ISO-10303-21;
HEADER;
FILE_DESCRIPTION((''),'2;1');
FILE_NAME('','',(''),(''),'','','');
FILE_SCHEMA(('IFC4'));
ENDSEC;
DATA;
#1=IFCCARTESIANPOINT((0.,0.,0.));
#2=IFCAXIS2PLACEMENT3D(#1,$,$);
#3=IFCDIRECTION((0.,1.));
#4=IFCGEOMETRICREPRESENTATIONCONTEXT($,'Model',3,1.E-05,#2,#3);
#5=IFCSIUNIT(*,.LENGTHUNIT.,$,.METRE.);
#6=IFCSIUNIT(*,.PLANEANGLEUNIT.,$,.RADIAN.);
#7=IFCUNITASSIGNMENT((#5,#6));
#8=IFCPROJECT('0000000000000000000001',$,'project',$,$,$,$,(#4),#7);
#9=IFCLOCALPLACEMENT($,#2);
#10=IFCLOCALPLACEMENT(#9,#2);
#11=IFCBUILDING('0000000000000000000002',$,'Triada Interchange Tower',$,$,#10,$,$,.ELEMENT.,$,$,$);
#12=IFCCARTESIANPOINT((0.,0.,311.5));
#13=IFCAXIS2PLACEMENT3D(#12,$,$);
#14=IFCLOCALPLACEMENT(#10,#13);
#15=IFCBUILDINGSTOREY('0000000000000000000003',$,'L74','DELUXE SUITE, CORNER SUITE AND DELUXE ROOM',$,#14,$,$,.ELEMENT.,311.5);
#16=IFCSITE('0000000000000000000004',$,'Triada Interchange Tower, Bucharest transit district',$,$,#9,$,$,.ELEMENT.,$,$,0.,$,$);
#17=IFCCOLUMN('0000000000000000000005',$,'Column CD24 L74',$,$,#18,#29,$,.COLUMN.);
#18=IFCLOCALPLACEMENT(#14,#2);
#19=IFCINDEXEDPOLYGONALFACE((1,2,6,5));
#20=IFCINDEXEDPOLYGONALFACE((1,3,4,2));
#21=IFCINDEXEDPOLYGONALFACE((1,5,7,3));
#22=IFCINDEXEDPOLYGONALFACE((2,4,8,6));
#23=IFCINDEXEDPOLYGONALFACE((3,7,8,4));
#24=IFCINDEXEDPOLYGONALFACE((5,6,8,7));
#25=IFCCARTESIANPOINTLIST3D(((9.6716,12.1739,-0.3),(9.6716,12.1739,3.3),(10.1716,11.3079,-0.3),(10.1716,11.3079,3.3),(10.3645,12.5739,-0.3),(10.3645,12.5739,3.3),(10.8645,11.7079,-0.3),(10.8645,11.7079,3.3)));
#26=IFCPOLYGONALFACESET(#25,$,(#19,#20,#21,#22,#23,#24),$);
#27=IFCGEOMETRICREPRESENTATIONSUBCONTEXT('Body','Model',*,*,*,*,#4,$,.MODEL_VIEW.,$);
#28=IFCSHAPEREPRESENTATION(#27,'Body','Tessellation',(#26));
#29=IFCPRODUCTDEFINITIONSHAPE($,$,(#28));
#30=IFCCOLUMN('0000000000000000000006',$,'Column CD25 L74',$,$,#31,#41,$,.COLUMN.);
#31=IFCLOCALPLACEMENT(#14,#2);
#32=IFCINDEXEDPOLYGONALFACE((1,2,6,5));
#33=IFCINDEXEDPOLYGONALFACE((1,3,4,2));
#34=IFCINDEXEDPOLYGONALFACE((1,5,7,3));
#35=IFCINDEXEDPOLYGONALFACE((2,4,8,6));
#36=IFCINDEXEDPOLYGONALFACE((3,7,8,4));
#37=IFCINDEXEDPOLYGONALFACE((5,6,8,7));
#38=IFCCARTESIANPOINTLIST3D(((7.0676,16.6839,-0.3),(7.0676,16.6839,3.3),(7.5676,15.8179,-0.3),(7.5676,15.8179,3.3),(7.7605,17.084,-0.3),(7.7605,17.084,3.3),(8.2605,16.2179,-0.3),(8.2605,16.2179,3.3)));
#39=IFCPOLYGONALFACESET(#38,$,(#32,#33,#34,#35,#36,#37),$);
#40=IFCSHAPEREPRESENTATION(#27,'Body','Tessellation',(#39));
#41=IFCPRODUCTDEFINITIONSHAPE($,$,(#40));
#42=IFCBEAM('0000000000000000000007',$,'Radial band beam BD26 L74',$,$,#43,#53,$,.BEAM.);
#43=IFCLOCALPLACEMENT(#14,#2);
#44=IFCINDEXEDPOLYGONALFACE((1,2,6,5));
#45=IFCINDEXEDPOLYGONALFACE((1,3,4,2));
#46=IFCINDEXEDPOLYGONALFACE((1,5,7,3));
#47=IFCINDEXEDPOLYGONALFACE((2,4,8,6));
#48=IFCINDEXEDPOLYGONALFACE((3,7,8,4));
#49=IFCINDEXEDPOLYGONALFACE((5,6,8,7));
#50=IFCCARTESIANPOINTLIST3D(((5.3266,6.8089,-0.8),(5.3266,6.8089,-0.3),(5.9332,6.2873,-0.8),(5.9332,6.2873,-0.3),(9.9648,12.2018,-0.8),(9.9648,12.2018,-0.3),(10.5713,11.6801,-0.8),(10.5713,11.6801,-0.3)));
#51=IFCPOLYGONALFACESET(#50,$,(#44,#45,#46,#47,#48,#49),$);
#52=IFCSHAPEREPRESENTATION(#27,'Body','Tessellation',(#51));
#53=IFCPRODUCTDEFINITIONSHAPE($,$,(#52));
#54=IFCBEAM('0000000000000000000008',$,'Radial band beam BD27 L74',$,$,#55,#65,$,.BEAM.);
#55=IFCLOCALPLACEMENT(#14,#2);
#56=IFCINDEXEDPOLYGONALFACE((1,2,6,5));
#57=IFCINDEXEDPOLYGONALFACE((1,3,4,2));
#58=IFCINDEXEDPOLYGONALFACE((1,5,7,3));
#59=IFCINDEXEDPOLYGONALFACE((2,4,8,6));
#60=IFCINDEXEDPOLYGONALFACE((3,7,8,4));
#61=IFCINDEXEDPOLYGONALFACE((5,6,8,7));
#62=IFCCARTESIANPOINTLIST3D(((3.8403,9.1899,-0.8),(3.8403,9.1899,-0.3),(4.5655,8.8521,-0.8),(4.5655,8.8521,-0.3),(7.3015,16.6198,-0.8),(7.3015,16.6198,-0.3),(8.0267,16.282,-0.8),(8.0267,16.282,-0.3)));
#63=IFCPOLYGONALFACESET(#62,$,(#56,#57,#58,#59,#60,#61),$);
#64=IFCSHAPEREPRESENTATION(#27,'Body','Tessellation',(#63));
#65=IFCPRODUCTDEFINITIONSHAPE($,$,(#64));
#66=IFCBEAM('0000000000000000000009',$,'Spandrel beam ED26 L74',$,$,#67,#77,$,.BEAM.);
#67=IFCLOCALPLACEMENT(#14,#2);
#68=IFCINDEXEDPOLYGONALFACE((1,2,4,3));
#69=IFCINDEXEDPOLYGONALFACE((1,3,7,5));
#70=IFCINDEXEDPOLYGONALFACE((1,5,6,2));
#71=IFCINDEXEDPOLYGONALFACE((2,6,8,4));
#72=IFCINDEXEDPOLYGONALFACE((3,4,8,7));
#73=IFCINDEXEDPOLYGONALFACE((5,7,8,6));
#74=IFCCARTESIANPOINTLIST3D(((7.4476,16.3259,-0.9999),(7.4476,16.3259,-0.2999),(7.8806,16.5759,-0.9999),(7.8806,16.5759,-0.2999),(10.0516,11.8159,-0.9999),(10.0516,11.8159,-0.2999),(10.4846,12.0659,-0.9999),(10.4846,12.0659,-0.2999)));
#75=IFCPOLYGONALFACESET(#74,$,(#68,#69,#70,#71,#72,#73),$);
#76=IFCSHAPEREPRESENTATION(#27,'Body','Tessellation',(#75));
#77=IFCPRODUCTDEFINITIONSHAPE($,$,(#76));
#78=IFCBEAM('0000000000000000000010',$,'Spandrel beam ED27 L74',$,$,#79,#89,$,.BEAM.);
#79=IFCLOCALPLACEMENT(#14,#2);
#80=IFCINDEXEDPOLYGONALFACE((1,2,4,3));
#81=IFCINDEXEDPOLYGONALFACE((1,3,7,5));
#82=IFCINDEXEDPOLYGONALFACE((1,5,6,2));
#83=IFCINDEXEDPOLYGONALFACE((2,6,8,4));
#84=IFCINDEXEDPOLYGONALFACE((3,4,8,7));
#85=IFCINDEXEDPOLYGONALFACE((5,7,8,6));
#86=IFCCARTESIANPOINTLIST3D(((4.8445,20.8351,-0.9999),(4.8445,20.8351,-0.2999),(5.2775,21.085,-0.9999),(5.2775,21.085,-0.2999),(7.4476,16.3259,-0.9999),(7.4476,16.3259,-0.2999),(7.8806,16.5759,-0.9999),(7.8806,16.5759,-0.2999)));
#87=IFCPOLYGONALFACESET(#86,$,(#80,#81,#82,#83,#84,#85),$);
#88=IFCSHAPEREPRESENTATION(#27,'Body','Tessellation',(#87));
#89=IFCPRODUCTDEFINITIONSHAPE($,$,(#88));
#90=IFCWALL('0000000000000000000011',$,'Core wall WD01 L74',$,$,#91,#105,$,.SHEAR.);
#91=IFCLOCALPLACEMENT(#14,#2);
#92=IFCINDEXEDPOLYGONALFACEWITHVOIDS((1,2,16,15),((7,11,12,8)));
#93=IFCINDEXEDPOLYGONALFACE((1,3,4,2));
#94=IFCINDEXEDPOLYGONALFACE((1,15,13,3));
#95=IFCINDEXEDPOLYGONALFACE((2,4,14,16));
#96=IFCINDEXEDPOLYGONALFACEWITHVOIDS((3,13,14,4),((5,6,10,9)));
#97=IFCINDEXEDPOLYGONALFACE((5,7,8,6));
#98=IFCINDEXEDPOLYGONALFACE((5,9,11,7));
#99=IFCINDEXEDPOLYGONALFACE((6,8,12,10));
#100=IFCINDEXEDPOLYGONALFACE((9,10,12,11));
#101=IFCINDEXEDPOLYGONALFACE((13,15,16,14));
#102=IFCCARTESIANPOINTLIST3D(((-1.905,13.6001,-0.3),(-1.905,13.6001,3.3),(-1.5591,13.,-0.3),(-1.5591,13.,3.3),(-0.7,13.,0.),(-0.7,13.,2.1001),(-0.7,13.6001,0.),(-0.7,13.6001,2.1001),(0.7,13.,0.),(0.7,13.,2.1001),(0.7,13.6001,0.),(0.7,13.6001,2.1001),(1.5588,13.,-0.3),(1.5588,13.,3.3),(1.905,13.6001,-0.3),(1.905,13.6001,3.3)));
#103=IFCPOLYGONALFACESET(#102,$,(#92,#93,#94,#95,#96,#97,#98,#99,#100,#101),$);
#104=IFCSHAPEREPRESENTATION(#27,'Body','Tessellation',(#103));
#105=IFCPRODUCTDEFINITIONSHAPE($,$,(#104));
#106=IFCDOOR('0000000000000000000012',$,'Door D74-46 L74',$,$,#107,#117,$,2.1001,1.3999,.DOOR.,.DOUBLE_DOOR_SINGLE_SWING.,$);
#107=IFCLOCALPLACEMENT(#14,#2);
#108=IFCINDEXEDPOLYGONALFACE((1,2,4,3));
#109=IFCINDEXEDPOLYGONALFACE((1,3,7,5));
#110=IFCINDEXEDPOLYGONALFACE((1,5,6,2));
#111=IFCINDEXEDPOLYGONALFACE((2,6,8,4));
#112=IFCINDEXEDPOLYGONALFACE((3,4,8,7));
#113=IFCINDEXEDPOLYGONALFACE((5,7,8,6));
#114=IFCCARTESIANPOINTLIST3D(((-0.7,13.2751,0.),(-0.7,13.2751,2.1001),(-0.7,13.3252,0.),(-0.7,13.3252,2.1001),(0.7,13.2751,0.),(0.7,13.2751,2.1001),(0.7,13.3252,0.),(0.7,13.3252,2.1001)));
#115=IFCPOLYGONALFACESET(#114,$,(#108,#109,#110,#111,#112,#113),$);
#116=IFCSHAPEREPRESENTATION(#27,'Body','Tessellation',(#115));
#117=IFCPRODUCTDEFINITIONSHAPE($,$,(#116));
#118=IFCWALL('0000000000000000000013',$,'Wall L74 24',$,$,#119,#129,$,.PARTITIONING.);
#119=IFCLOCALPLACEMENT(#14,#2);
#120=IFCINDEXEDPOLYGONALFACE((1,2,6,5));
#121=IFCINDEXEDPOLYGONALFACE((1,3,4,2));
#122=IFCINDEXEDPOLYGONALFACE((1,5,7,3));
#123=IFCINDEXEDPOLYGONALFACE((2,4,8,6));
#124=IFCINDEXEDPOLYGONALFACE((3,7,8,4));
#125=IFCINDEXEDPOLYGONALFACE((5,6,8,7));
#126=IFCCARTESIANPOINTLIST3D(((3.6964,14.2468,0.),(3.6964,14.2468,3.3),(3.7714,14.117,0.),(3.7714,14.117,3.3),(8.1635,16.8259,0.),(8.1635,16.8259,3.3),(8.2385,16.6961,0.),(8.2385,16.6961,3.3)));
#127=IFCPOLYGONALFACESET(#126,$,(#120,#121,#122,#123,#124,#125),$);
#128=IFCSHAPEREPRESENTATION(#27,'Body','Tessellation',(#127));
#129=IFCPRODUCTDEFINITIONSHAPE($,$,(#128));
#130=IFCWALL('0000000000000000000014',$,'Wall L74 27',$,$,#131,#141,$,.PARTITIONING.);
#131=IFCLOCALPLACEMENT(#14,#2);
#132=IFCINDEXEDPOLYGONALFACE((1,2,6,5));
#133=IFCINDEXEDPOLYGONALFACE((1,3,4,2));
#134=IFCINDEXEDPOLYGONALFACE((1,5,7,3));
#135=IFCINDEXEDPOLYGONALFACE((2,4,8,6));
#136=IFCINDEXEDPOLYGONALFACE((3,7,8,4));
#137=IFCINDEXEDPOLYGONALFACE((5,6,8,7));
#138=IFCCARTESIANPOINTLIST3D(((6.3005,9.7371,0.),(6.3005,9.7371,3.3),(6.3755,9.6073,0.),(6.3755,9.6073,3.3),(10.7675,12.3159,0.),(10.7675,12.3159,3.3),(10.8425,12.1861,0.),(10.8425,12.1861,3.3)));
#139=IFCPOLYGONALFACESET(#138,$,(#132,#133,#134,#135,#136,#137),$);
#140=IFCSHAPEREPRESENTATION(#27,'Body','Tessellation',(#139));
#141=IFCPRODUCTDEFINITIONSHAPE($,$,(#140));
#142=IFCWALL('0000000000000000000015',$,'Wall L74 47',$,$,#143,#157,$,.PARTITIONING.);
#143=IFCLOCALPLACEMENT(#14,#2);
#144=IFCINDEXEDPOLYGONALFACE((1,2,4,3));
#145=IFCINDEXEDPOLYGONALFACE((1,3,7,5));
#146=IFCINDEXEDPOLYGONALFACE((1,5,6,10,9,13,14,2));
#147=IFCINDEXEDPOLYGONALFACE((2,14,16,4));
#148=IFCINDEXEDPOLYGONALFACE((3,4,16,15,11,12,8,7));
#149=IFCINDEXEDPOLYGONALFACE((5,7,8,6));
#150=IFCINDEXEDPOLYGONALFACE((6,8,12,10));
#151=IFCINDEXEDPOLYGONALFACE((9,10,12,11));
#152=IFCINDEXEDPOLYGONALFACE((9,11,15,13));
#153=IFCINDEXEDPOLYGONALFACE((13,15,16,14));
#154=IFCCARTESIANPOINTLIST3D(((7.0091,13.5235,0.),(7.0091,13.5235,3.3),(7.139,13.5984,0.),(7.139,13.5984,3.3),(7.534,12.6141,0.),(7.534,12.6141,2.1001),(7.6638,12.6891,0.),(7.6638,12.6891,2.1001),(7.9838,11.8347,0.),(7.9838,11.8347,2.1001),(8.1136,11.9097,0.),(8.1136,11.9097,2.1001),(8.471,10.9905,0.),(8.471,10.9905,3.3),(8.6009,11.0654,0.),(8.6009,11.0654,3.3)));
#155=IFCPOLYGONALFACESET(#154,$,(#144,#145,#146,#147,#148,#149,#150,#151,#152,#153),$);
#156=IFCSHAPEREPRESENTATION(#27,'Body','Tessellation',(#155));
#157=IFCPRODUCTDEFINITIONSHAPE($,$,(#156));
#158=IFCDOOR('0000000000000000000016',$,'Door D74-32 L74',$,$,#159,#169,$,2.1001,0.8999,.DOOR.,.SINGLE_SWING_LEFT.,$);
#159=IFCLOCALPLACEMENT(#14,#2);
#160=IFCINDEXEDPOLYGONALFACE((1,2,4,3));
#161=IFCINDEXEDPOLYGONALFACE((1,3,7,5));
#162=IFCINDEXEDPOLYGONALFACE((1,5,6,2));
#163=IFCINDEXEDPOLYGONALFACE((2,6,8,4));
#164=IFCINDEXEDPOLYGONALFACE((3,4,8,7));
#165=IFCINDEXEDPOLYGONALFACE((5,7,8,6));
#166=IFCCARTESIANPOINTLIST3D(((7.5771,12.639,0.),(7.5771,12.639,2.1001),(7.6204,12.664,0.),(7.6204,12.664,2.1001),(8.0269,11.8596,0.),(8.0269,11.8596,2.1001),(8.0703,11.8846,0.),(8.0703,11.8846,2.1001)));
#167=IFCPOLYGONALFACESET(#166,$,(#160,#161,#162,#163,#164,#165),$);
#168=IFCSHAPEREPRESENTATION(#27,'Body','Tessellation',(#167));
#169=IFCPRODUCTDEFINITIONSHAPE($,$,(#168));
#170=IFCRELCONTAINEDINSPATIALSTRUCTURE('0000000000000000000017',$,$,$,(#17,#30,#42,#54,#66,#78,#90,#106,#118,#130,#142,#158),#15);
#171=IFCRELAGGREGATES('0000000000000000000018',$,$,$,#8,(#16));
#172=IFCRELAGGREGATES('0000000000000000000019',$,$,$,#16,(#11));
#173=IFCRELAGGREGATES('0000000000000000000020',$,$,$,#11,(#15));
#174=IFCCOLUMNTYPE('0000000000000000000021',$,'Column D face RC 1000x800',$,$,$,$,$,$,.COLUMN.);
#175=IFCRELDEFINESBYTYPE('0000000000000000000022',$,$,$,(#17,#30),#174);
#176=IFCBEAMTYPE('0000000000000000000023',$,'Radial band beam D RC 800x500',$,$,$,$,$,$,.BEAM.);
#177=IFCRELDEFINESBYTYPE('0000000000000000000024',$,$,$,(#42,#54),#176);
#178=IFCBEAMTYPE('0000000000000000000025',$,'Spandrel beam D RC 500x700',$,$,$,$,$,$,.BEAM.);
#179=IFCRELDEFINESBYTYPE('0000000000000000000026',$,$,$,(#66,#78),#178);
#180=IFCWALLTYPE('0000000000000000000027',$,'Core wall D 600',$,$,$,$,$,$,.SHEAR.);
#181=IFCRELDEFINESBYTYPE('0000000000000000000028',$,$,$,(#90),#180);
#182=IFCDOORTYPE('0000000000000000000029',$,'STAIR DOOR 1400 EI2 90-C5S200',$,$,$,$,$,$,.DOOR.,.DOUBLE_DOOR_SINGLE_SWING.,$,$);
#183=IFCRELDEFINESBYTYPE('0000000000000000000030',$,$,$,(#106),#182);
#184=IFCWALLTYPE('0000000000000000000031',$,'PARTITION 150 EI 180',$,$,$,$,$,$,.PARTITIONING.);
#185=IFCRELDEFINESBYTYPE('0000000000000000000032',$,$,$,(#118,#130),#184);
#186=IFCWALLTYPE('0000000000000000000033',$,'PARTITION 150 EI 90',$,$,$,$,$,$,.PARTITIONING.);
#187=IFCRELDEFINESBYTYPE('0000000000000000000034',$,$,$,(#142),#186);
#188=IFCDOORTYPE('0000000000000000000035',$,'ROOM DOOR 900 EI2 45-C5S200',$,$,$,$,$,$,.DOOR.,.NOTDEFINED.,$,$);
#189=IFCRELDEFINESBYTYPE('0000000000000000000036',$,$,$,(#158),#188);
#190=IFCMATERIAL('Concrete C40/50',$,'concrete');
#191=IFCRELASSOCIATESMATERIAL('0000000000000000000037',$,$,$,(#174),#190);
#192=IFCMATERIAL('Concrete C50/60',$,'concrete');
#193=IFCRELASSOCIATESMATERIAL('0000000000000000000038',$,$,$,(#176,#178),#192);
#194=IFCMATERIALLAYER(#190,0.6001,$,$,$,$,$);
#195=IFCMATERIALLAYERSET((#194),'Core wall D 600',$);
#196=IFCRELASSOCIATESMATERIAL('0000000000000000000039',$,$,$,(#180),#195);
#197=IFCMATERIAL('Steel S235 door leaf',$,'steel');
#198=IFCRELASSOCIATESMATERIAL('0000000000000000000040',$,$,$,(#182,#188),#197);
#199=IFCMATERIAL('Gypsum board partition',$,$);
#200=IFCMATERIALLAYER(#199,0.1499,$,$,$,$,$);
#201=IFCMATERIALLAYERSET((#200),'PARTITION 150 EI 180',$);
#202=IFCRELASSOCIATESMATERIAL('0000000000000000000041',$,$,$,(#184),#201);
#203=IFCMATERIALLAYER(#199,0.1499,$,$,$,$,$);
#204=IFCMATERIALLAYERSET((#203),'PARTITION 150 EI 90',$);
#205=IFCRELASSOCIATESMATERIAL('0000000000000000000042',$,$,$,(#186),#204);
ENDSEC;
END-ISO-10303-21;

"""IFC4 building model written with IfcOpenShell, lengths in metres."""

from ifc_helpers import new_model, si_unit, direction, frame, frame_2d, origin, origin_2d, place, context, subcontext, project, spatial, polyline, rectangle, outline, extrude, material, layer, layer_set, material_profile, profile_set, type_object, element, fill, save


model = new_model("IFC4")

# Units and contexts
model_context = context("Model", 3, precision=1e-05, world=origin(), true_north=direction((0.0, 1.0)))
body_context = subcontext(model_context, "Body", "Model", "MODEL_VIEW")
ifc_project = project(units=[si_unit("LENGTHUNIT", "METRE"), si_unit("PLANEANGLEUNIT", "RADIAN")], contexts=[model_context])

# Site, building, storey
site_placement = place(None, origin())
site = spatial("IfcSite", under=ifc_project, at=site_placement, Name="Triada Interchange Tower, Bucharest transit district", CompositionType="ELEMENT", RefElevation=0.0)
building_placement = place(site_placement, origin())
building = spatial("IfcBuilding", under=site, at=building_placement, Name="Triada Interchange Tower", CompositionType="ELEMENT")
storey_placement = place(building_placement, frame((0.0, 0.0, 311.5)))
storey = spatial("IfcBuildingStorey", under=building, at=storey_placement, Name="L74", Description="DELUXE SUITE, CORNER SUITE AND DELUXE ROOM", CompositionType="ELEMENT", Elevation=311.5)

# Columns
ifc_material_1 = material(Name="Concrete C40/50", Category="concrete")
ifc_material_profile_1 = material_profile(ifc_material_1, rectangle(XDim=1.0, YDim=0.8, at=origin_2d()), Name="RC 1000x800")
ifc_profile_set_1 = profile_set([ifc_material_profile_1], Name="Concrete C40/50")
column_type = type_object("IfcColumnType", Name="Column D face RC 1000x800", PredefinedType="COLUMN", material=ifc_profile_set_1)
for number, where, z_axis, x_axis, name in (
    (1, (10.2681, 11.9409, -0.3), (0.0, 0.0, 1.0), (-0.5, 0.866025, 0.0), "Column CD24 L74"),
    (2, (7.6641, 16.4509, -0.3), (0.0, 0.0, 1.0), (-0.5, 0.866025, 0.0), "Column CD25 L74"),
):
    element("IfcColumn", number, at=place(storey_placement, frame(where, z_axis=z_axis, x_axis=x_axis)), inside=storey, type_object=column_type, Name=name, PredefinedType="COLUMN", context=body_context, shape_type="SweptSolid", body=[
        extrude(rectangle(XDim=1.0, YDim=0.8, at=origin_2d()), origin(), (0.0, 0.0, 1.0), 3.6001),
    ])

# Beams
ifc_material_2 = material(Name="Concrete C50/60", Category="concrete")
ifc_material_profile_2 = material_profile(ifc_material_2, rectangle(XDim=0.8, YDim=0.5, at=origin_2d()), Name="RC 800x500")
ifc_profile_set_2 = profile_set([ifc_material_profile_2], Name="Concrete C50/60")
beam_type_1 = type_object("IfcBeamType", Name="Radial band beam D RC 800x500", PredefinedType="BEAM", material=ifc_profile_set_2)
beam_1_placement = place(storey_placement, frame((10.2681, 11.9409, -0.55), z_axis=(-0.652068, -0.75816, 0.0), x_axis=(0.75816, -0.652068, 0.0)))
element("IfcBeam", 3, at=beam_1_placement, inside=storey, type_object=beam_type_1, Name="Radial band beam BD26 L74", PredefinedType="BEAM", context=body_context, shape_type="SweptSolid", body=[
    extrude(rectangle(XDim=0.8, YDim=0.5, at=origin_2d()), origin(), (0.0, 0.0, 1.0), 7.113),
])
beam_2_placement = place(storey_placement, frame((7.6641, 16.4509, -0.55), z_axis=(-0.422272, -0.906469, 0.0), x_axis=(0.906469, -0.422272, 0.0)))
element("IfcBeam", 4, at=beam_2_placement, inside=storey, type_object=beam_type_1, Name="Radial band beam BD27 L74", PredefinedType="BEAM", context=body_context, shape_type="SweptSolid", body=[
    extrude(rectangle(XDim=0.8, YDim=0.5, at=origin_2d()), origin(), (0.0, 0.0, 1.0), 8.1965),
])
ifc_material_profile_3 = material_profile(ifc_material_2, rectangle(XDim=0.5, YDim=0.7, at=origin_2d()), Name="RC 500x700")
ifc_profile_set_3 = profile_set([ifc_material_profile_3], Name="Concrete C50/60")
beam_type_2 = type_object("IfcBeamType", Name="Spandrel beam D RC 500x700", PredefinedType="BEAM", material=ifc_profile_set_3)
beam_3_placement = place(storey_placement, frame((10.2681, 11.9409, -0.6499), z_axis=(-0.500021, 0.866013, 0.0), x_axis=(-0.866013, -0.500021, 0.0)))
element("IfcBeam", 5, at=beam_3_placement, inside=storey, type_object=beam_type_2, Name="Spandrel beam ED26 L74", PredefinedType="BEAM", context=body_context, shape_type="SweptSolid", body=[
    extrude(rectangle(XDim=0.5, YDim=0.7, at=origin_2d()), origin(), (0.0, 0.0, 1.0), 5.2078),
])
beam_4_placement = place(storey_placement, frame((7.6641, 16.4509, -0.6499), z_axis=(-0.499962, 0.866047, 0.0), x_axis=(-0.866047, -0.499962, 0.0)))
element("IfcBeam", 6, at=beam_4_placement, inside=storey, type_object=beam_type_2, Name="Spandrel beam ED27 L74", PredefinedType="BEAM", context=body_context, shape_type="SweptSolid", body=[
    extrude(rectangle(XDim=0.5, YDim=0.7, at=origin_2d()), origin(), (0.0, 0.0, 1.0), 5.2065),
])

# Wall, opening, door
ifc_layer_1 = layer(ifc_material_1, 0.6001)
ifc_layer_set_1 = layer_set([ifc_layer_1], Name="Core wall D 600")
wall_type_1 = type_object("IfcWallType", Name="Core wall D 600", PredefinedType="SHEAR", material=ifc_layer_set_1)
wall_1_placement = place(storey_placement, frame((1.7319, 13.3, -0.3), z_axis=(0.0, 0.0, 1.0), x_axis=(-1.0, 0.0, 0.0)))
wall_1 = element("IfcWall", 7, at=wall_1_placement, inside=storey, type_object=wall_type_1, Name="Core wall WD01 L74", PredefinedType="SHEAR", context=body_context, shape_type="SweptSolid", body=[
    extrude(outline(polyline([(-0.1731, -0.3), (1.7319, -0.3), (3.637, -0.3), (3.291, 0.3), (1.7319, 0.3), (0.1731, 0.3), (-0.1731, -0.3)])), origin(), (0.0, 0.0, 1.0), 3.6001),
])
opening_1_placement = place(wall_1_placement, frame((1.032, 0.0, 0.3)))
opening_1 = element("IfcOpeningElement", 8, at=opening_1_placement, cuts=wall_1, PredefinedType="OPENING", context=body_context, shape_type="SweptSolid", body=[
    extrude(rectangle(XDim=1.3999, YDim=2.1001, at=frame_2d((0.7, 1.05))), frame((0.0, 0.3101, 0.0), z_axis=(0.0, -1.0, 0.0), x_axis=(1.0, 0.0, 0.0)), (0.0, 0.0, 1.0), 0.6201),
])
ifc_material_3 = material(Name="Steel S235 door leaf", Category="steel")
door_type_1 = type_object("IfcDoorType", Name="STAIR DOOR 1400 EI2 90-C5S200", OperationType="DOUBLE_DOOR_SINGLE_SWING", PredefinedType="DOOR", material=ifc_material_3)
door_1_placement = place(opening_1_placement, origin())
door_1 = element("IfcDoor", 9, at=door_1_placement, inside=storey, type_object=door_type_1, Name="Door D74-46 L74", OperationType="DOUBLE_DOOR_SINGLE_SWING", OverallHeight=2.1001, OverallWidth=1.3999, PredefinedType="DOOR", context=body_context, shape_type="SweptSolid", body=[
    extrude(rectangle(XDim=1.3999, YDim=2.1001, at=frame_2d((0.7, 1.05))), frame((0.0, 0.0249, 0.0), z_axis=(0.0, -1.0, 0.0), x_axis=(1.0, 0.0, 0.0)), (0.0, 0.0, 1.0), 0.05),
])
fill(opening_1, door_1)

# Walls
ifc_material_4 = material(Name="Gypsum board partition")
ifc_layer_2 = layer(ifc_material_4, 0.1499)
ifc_layer_set_2 = layer_set([ifc_layer_2], Name="PARTITION 150 EI 180")
wall_type_2 = type_object("IfcWallType", Name="PARTITION 150 EI 180", PredefinedType="PARTITIONING", material=ifc_layer_set_2)
wall_2_placement = place(storey_placement, frame((3.7339, 14.1819, 0.0), z_axis=(0.0, 0.0, 1.0), x_axis=(0.866021, 0.500008, 0.0)))
element("IfcWall", 10, at=wall_2_placement, inside=storey, type_object=wall_type_2, Name="Wall L74 24", PredefinedType="PARTITIONING", context=body_context, shape_type="SweptSolid", body=[
    extrude(rectangle(XDim=5.1582, YDim=0.1499, at=frame_2d((2.5791, 0.0))), origin(), (0.0, 0.0, 1.0), 3.3),
])
wall_3_placement = place(storey_placement, frame((6.3379, 9.6721, 0.0), z_axis=(0.0, 0.0, 1.0), x_axis=(0.866041, 0.499972, 0.0)))
element("IfcWall", 11, at=wall_3_placement, inside=storey, type_object=wall_type_2, Name="Wall L74 27", PredefinedType="PARTITIONING", context=body_context, shape_type="SweptSolid", body=[
    extrude(rectangle(XDim=5.158, YDim=0.1499, at=frame_2d((2.5791, 0.0))), origin(), (0.0, 0.0, 1.0), 3.3),
])

# Wall, opening, door
ifc_layer_3 = layer(ifc_material_4, 0.1499)
ifc_layer_set_3 = layer_set([ifc_layer_3], Name="PARTITION 150 EI 90")
wall_type_3 = type_object("IfcWallType", Name="PARTITION 150 EI 90", PredefinedType="PARTITIONING", material=ifc_layer_set_3)
wall_4_placement = place(storey_placement, frame((7.074, 13.561, 0.0), z_axis=(0.0, 0.0, 1.0), x_axis=(0.499874, -0.866098, 0.0)))
wall_4 = element("IfcWall", 12, at=wall_4_placement, inside=storey, type_object=wall_type_3, Name="Wall L74 47", PredefinedType="PARTITIONING", context=body_context, shape_type="SweptSolid", body=[
    extrude(rectangle(XDim=2.9246, YDim=0.1499, at=frame_2d((1.4624, 0.0))), origin(), (0.0, 0.0, 1.0), 3.3),
])
opening_2_placement = place(wall_4_placement, frame((1.05, 0.0, 0.0)))
opening_2 = element("IfcOpeningElement", 13, at=opening_2_placement, cuts=wall_4, PredefinedType="OPENING", context=body_context, shape_type="SweptSolid", body=[
    extrude(rectangle(XDim=0.8999, YDim=2.1001, at=frame_2d((0.45, 1.05))), frame((0.0, 0.085, 0.0), z_axis=(0.0, -1.0, 0.0), x_axis=(1.0, 0.0, 0.0)), (0.0, 0.0, 1.0), 0.1699),
])
door_type_2 = type_object("IfcDoorType", Name="ROOM DOOR 900 EI2 45-C5S200", OperationType="NOTDEFINED", PredefinedType="DOOR", material=ifc_material_3)
door_2_placement = place(opening_2_placement, origin())
door_2 = element("IfcDoor", 14, at=door_2_placement, inside=storey, type_object=door_type_2, Name="Door D74-32 L74", OperationType="SINGLE_SWING_LEFT", OverallHeight=2.1001, OverallWidth=0.8999, PredefinedType="DOOR", context=body_context, shape_type="SweptSolid", body=[
    extrude(rectangle(XDim=0.8999, YDim=2.1001, at=frame_2d((0.45, 1.05))), frame((0.0, 0.0249, 0.0), z_axis=(0.0, -1.0, 0.0), x_axis=(1.0, 0.0, 0.0)), (0.0, 0.0, 1.0), 0.05),
])
fill(opening_2, door_2)

save(model, "model.ifc")
